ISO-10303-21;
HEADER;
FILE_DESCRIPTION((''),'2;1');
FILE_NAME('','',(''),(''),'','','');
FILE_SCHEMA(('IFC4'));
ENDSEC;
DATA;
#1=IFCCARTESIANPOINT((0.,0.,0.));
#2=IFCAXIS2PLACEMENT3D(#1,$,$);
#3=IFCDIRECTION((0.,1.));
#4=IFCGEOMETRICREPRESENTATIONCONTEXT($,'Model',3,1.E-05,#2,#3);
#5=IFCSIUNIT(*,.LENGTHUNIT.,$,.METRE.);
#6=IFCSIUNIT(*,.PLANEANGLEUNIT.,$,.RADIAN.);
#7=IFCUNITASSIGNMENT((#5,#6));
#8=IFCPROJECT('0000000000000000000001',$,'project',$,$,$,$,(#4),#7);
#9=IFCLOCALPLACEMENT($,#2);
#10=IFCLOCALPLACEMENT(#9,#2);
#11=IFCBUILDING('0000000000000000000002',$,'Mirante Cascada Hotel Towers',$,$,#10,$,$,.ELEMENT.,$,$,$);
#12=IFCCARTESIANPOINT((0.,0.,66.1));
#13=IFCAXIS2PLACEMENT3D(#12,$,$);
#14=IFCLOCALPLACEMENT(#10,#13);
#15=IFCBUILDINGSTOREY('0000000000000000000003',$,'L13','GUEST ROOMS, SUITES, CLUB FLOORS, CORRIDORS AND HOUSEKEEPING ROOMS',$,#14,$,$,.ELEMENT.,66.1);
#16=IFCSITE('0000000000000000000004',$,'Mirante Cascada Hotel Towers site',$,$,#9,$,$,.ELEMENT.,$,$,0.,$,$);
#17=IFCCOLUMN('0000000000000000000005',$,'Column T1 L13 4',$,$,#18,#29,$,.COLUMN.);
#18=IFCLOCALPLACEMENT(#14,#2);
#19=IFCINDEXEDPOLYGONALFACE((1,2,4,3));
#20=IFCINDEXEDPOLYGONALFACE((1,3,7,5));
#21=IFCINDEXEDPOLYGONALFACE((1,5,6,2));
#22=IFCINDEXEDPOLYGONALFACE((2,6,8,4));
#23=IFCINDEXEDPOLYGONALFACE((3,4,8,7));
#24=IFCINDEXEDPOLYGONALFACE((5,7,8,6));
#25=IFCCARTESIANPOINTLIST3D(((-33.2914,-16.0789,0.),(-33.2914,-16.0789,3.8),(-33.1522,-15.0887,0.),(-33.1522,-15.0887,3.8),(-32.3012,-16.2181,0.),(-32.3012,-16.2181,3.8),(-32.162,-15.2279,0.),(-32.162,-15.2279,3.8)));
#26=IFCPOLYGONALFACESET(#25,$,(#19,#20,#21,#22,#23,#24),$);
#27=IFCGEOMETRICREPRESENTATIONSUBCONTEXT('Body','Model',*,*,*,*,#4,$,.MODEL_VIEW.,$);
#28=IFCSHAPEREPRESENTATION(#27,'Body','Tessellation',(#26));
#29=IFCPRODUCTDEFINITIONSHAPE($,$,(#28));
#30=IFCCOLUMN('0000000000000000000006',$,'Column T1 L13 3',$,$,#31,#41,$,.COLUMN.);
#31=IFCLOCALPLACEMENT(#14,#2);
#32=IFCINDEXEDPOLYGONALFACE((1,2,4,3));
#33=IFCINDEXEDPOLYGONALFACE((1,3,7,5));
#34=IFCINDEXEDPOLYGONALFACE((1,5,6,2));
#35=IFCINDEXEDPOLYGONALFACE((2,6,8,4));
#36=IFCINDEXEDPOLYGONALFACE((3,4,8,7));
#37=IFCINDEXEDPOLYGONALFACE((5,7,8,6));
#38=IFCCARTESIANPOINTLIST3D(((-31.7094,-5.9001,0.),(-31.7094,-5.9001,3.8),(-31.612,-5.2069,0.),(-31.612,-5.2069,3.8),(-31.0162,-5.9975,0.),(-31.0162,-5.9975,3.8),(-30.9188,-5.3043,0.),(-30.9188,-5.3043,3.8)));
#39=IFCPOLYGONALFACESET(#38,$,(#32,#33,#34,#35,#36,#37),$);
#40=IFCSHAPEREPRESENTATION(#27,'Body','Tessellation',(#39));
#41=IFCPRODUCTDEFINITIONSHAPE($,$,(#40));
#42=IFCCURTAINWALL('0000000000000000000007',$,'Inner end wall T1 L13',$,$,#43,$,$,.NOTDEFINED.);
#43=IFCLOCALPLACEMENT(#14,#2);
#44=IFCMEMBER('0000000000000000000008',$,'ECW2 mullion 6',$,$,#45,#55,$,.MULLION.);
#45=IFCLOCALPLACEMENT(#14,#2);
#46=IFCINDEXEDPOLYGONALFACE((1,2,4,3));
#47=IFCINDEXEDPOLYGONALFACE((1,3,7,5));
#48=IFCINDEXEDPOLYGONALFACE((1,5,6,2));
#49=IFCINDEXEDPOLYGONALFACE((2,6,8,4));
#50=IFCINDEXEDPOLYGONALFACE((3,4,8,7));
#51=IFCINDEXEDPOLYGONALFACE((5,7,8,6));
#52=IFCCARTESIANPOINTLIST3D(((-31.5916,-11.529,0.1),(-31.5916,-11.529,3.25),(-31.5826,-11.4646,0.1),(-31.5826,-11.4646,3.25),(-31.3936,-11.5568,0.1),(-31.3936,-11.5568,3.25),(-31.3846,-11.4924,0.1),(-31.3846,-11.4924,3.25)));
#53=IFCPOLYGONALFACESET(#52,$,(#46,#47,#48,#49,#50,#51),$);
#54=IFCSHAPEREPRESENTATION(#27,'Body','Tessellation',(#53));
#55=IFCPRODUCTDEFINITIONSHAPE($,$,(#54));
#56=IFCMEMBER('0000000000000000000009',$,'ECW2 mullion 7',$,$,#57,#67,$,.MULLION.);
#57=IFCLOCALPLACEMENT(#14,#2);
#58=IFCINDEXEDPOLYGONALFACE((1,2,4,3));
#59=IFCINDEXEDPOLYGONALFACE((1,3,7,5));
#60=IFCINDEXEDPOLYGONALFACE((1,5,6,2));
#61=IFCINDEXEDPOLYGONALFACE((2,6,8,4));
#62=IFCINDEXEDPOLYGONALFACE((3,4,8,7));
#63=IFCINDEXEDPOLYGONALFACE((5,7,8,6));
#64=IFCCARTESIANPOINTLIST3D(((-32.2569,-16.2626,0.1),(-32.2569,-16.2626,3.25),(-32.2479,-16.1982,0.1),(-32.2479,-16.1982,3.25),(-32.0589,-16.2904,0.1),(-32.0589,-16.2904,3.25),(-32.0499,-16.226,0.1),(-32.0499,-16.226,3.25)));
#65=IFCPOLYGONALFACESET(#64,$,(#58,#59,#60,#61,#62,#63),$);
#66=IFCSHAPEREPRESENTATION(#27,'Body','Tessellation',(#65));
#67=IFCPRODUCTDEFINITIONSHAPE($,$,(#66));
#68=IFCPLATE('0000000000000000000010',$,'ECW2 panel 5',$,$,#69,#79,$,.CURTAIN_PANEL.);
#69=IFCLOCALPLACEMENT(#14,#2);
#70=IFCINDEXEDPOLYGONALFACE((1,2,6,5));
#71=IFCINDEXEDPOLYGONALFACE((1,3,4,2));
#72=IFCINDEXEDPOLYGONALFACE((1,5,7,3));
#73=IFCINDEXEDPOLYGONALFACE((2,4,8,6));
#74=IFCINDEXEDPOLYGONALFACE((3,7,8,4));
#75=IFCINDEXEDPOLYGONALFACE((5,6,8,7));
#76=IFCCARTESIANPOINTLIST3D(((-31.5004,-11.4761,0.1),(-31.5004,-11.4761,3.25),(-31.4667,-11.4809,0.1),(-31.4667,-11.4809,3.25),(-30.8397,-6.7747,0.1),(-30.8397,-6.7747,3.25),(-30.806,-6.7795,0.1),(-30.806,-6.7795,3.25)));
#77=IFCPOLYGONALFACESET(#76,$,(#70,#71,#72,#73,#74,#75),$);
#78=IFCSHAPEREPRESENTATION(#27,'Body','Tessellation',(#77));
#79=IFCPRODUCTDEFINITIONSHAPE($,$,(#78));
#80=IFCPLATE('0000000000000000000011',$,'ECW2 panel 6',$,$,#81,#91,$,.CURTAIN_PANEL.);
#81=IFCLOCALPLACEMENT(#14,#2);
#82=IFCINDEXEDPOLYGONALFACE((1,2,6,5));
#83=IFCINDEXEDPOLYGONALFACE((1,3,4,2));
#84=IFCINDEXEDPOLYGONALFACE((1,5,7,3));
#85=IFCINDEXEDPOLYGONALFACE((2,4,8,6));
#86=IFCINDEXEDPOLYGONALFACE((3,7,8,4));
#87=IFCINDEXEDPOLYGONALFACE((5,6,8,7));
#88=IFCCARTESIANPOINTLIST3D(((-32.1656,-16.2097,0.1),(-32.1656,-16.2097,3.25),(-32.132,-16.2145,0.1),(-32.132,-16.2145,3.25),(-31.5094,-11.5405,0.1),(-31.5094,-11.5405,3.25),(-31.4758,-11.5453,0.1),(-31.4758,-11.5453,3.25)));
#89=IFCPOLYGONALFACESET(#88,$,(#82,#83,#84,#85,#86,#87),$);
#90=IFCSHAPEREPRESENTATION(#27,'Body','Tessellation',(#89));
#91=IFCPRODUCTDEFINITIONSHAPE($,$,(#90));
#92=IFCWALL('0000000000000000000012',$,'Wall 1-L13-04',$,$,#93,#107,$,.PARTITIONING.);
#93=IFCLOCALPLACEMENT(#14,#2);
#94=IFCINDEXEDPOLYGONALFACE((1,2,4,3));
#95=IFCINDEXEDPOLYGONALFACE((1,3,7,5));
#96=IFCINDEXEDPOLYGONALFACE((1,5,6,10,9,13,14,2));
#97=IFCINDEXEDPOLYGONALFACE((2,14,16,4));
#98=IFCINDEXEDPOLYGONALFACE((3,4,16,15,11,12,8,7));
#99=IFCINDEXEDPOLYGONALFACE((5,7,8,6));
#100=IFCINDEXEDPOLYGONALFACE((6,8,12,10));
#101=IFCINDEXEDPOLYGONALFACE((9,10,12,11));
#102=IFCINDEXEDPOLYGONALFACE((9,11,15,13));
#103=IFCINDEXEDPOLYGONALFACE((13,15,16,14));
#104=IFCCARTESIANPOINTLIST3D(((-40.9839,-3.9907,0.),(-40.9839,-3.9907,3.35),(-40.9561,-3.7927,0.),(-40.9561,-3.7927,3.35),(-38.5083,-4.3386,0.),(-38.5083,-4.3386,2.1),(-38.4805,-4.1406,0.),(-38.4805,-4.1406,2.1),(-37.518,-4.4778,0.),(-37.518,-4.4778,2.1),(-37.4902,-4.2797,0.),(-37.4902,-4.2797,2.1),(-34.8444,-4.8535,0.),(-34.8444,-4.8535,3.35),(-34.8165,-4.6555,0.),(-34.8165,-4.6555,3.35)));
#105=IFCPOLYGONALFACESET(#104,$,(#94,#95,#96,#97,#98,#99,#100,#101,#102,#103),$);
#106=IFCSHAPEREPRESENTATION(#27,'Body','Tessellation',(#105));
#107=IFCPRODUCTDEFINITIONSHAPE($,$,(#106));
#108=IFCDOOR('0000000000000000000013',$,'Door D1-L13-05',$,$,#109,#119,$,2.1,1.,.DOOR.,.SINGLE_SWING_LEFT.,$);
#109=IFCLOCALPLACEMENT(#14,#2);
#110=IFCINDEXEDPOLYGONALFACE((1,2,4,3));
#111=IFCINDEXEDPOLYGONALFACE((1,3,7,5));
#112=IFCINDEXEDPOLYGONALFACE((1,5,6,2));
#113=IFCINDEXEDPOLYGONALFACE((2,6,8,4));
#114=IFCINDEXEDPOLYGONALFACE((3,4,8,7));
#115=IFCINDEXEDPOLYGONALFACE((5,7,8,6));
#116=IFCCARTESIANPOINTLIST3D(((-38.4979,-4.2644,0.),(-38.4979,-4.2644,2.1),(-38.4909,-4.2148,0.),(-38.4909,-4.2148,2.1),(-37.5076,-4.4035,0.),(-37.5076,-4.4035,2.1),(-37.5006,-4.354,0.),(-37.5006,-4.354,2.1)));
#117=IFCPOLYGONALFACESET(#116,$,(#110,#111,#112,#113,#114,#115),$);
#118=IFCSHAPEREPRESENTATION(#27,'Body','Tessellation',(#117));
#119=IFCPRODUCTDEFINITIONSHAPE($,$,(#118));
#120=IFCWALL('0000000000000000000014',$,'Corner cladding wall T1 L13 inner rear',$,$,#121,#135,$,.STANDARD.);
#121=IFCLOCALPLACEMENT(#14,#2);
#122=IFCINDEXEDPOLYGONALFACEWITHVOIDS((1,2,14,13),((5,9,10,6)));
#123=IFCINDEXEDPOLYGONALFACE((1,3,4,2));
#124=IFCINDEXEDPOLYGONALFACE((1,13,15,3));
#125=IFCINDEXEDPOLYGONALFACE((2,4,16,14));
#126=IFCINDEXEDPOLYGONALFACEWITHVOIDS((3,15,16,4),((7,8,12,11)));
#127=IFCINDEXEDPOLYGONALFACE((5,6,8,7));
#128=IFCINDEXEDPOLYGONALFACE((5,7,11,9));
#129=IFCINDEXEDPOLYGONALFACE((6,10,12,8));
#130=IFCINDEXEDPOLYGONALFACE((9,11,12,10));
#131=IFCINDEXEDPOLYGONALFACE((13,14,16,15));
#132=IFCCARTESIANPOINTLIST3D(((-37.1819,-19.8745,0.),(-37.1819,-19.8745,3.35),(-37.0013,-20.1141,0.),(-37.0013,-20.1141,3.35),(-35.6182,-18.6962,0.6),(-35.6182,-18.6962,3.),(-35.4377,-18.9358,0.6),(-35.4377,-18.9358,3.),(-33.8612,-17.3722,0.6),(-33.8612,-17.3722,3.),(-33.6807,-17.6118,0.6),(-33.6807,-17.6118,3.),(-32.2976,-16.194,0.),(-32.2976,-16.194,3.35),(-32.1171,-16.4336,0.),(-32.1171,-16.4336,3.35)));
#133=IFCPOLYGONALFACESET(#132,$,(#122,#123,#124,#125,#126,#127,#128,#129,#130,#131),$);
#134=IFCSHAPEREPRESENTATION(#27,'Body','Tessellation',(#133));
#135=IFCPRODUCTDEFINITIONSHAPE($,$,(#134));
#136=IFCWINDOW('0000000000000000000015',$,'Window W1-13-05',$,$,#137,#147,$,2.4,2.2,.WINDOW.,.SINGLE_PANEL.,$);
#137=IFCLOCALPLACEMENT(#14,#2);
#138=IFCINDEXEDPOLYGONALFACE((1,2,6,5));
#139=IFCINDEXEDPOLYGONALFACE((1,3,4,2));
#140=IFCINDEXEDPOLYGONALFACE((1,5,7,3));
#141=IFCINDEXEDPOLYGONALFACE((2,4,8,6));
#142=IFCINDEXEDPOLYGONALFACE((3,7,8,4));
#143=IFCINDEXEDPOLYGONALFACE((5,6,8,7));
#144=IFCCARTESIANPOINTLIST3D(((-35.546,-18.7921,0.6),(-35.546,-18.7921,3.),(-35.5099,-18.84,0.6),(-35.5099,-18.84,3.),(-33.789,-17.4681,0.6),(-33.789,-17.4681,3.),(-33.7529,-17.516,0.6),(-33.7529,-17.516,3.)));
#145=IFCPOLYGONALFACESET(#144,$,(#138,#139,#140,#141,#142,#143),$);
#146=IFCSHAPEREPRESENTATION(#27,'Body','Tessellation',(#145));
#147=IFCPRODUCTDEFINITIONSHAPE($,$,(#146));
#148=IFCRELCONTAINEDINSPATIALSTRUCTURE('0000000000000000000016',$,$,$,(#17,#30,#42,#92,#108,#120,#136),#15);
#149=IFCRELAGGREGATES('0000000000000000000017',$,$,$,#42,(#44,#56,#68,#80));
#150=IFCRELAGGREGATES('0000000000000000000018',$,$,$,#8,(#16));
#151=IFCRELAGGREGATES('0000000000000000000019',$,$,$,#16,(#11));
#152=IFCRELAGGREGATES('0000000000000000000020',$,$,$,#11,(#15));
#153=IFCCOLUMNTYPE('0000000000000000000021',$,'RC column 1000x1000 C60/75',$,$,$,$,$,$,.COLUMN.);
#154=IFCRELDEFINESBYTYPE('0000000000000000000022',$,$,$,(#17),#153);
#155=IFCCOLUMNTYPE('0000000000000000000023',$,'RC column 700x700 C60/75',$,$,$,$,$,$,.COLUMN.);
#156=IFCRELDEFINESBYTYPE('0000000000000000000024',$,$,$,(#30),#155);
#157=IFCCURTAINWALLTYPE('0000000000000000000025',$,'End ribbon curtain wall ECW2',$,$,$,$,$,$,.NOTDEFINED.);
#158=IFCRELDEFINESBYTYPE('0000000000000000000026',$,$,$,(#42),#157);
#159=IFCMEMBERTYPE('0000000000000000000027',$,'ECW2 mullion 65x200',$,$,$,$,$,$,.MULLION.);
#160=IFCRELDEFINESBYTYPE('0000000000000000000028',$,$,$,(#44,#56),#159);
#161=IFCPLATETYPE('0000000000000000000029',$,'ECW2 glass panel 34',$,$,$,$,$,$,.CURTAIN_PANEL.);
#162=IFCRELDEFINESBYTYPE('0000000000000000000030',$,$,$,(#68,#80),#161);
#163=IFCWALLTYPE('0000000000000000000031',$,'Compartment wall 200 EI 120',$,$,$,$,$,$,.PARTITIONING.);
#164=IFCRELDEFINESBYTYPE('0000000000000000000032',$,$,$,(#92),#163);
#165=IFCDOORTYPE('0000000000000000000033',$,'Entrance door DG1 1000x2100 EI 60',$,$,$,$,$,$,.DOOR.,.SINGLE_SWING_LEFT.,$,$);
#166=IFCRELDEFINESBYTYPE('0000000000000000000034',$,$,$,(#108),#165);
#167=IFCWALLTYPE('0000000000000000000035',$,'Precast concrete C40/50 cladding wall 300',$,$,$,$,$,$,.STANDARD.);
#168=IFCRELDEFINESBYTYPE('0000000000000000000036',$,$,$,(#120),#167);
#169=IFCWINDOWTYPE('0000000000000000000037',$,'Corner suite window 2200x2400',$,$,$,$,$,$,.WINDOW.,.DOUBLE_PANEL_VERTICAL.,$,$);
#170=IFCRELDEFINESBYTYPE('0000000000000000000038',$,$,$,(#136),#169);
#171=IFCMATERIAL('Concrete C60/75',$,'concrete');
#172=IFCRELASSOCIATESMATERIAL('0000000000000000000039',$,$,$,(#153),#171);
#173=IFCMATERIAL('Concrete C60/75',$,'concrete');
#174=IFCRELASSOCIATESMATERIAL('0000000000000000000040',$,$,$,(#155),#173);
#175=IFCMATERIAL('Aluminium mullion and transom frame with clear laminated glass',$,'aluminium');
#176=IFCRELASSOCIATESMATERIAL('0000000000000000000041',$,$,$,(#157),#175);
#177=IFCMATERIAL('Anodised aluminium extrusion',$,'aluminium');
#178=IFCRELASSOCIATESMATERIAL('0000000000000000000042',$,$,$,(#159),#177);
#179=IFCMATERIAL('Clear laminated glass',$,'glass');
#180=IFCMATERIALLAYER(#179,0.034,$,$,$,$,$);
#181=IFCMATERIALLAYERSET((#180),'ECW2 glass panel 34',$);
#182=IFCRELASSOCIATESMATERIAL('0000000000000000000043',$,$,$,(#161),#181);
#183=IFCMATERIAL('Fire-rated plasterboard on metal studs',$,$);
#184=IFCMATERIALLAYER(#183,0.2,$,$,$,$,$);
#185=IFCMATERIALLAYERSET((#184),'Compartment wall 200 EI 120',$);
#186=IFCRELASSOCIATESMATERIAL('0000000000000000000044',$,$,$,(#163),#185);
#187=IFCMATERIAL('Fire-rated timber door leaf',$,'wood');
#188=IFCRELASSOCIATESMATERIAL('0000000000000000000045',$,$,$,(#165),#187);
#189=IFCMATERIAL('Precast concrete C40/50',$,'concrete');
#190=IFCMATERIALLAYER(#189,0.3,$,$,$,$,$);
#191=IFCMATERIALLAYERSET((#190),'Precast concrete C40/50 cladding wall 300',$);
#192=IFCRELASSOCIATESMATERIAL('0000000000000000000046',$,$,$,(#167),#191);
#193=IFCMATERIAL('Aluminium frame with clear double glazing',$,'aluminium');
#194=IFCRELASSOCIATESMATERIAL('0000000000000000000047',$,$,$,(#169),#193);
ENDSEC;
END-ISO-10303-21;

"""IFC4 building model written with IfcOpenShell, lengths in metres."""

from ifc_helpers import new_model, si_unit, direction, frame, frame_2d, origin, origin_2d, place, context, subcontext, project, spatial, rectangle, extrude, material, layer, layer_set, material_profile, profile_set, type_object, element, fill, aggregate, save


model = new_model("IFC4")

# Units and contexts
model_context = context("Model", 3, precision=1e-05, world=origin(), true_north=direction((0.0, 1.0)))
body_context = subcontext(model_context, "Body", "Model", "MODEL_VIEW")
ifc_project = project(units=[si_unit("LENGTHUNIT", "METRE"), si_unit("PLANEANGLEUNIT", "RADIAN")], contexts=[model_context])

# Site, building, storey
site_placement = place(None, origin())
site = spatial("IfcSite", under=ifc_project, at=site_placement, Name="Mirante Cascada Hotel Towers site", CompositionType="ELEMENT", RefElevation=0.0)
building_placement = place(site_placement, origin())
building = spatial("IfcBuilding", under=site, at=building_placement, Name="Mirante Cascada Hotel Towers", CompositionType="ELEMENT")
storey_placement = place(building_placement, frame((0.0, 0.0, 66.1)))
storey = spatial("IfcBuildingStorey", under=building, at=storey_placement, Name="L13", Description="GUEST ROOMS, SUITES, CLUB FLOORS, CORRIDORS AND HOUSEKEEPING ROOMS", CompositionType="ELEMENT", Elevation=66.1)

# Columns
ifc_material_1 = material(Name="Concrete C60/75", Category="concrete")
ifc_material_profile_1 = material_profile(ifc_material_1, rectangle(XDim=1.0, YDim=1.0, at=origin_2d()), Name="RC column 1000x1000 C60/75")
ifc_profile_set_1 = profile_set([ifc_material_profile_1], Name="Concrete C60/75")
column_type_1 = type_object("IfcColumnType", Name="RC column 1000x1000 C60/75", PredefinedType="COLUMN", material=ifc_profile_set_1)
column_1_placement = place(storey_placement, frame((-32.7267, -15.6534, 0.0), z_axis=(0.0, 0.0, 1.0), x_axis=(-0.990268, 0.139173, 0.0)))
element("IfcColumn", 1, at=column_1_placement, inside=storey, type_object=column_type_1, Name="Column T1 L13 4", PredefinedType="COLUMN", context=body_context, shape_type="SweptSolid", body=[
    extrude(rectangle(XDim=1.0, YDim=1.0, at=origin_2d()), origin(), (0.0, 0.0, 1.0), 3.8),
])
ifc_material_2 = material(Name="Concrete C60/75", Category="concrete")
ifc_material_profile_2 = material_profile(ifc_material_2, rectangle(XDim=0.7, YDim=0.7, at=origin_2d()), Name="RC column 700x700 C60/75")
ifc_profile_set_2 = profile_set([ifc_material_profile_2], Name="Concrete C60/75")
column_type_2 = type_object("IfcColumnType", Name="RC column 700x700 C60/75", PredefinedType="COLUMN", material=ifc_profile_set_2)
column_2_placement = place(storey_placement, frame((-31.3141, -5.6022, 0.0), z_axis=(0.0, 0.0, 1.0), x_axis=(-0.990268, 0.139173, 0.0)))
element("IfcColumn", 2, at=column_2_placement, inside=storey, type_object=column_type_2, Name="Column T1 L13 3", PredefinedType="COLUMN", context=body_context, shape_type="SweptSolid", body=[
    extrude(rectangle(XDim=0.7, YDim=0.7, at=origin_2d()), origin(), (0.0, 0.0, 1.0), 3.8),
])

# Curtain wall, members, plates
ifc_material_3 = material(Name="Aluminium mullion and transom frame with clear laminated glass", Category="aluminium")
curtain_wall_type = type_object("IfcCurtainWallType", Name="End ribbon curtain wall ECW2", PredefinedType="NOTDEFINED", material=ifc_material_3)
curtain_wall_placement = place(storey_placement, origin())
curtain_wall = element("IfcCurtainWall", 3, at=curtain_wall_placement, inside=storey, type_object=curtain_wall_type, Name="Inner end wall T1 L13", PredefinedType="NOTDEFINED")
ifc_material_4 = material(Name="Anodised aluminium extrusion", Category="aluminium")
ifc_material_profile_3 = material_profile(ifc_material_4, rectangle(XDim=0.2, YDim=0.065, at=origin_2d()), Name="ECW2 MULLION 65x200")
ifc_profile_set_3 = profile_set([ifc_material_profile_3], Name="Anodised aluminium extrusion")
member_type = type_object("IfcMemberType", Name="ECW2 mullion 65x200", PredefinedType="MULLION", material=ifc_profile_set_3)
member_1_placement = place(storey_placement, frame((-31.4881, -11.5107, 0.1), z_axis=(0.0, 0.0, 1.0), x_axis=(0.990268, -0.139173, 0.0)))
member_1 = element("IfcMember", 4, at=member_1_placement, type_object=member_type, Name="ECW2 mullion 6", PredefinedType="MULLION", context=body_context, shape_type="SweptSolid", body=[
    extrude(rectangle(XDim=0.2, YDim=0.065, at=origin_2d()), origin(), (0.0, 0.0, 1.0), 3.15),
])
member_2_placement = place(storey_placement, frame((-32.1534, -16.2443, 0.1), z_axis=(0.0, 0.0, 1.0), x_axis=(0.990268, -0.139173, 0.0)))
member_2 = element("IfcMember", 5, at=member_2_placement, type_object=member_type, Name="ECW2 mullion 7", PredefinedType="MULLION", context=body_context, shape_type="SweptSolid", body=[
    extrude(rectangle(XDim=0.2, YDim=0.065, at=origin_2d()), origin(), (0.0, 0.0, 1.0), 3.15),
])
ifc_material_5 = material(Name="Clear laminated glass", Category="glass")
ifc_layer_1 = layer(ifc_material_5, 0.034)
ifc_layer_set_1 = layer_set([ifc_layer_1], Name="ECW2 glass panel 34")
plate_type = type_object("IfcPlateType", Name="ECW2 glass panel 34", PredefinedType="CURTAIN_PANEL", material=ifc_layer_set_1)
plate_1_placement = place(storey_placement, frame((-31.1532, -9.1278, 0.1), z_axis=(0.0, 0.0, 1.0), x_axis=(-0.139173, -0.990268, 0.0)))
plate_1 = element("IfcPlate", 6, at=plate_1_placement, type_object=plate_type, Name="ECW2 panel 5", PredefinedType="CURTAIN_PANEL", context=body_context, shape_type="SweptSolid", body=[
    extrude(rectangle(XDim=4.7476, YDim=0.034, at=origin_2d()), origin(), (0.0, 0.0, 1.0), 3.15),
])
plate_2_placement = place(storey_placement, frame((-31.8207, -13.8775, 0.1), z_axis=(0.0, 0.0, 1.0), x_axis=(-0.139173, -0.990268, 0.0)))
plate_2 = element("IfcPlate", 7, at=plate_2_placement, type_object=plate_type, Name="ECW2 panel 6", PredefinedType="CURTAIN_PANEL", context=body_context, shape_type="SweptSolid", body=[
    extrude(rectangle(XDim=4.7151, YDim=0.034, at=origin_2d()), origin(), (0.0, 0.0, 1.0), 3.15),
])
aggregate(curtain_wall, [member_1, member_2, plate_1, plate_2])

# Wall, opening, door
ifc_material_6 = material(Name="Fire-rated plasterboard on metal studs")
ifc_layer_2 = layer(ifc_material_6, 0.2)
ifc_layer_set_2 = layer_set([ifc_layer_2], Name="Compartment wall 200 EI 120")
wall_type_1 = type_object("IfcWallType", Name="Compartment wall 200 EI 120", PredefinedType="PARTITIONING", material=ifc_layer_set_2)
wall_1_placement = place(storey_placement, frame((-34.8304, -4.7545, 0.0), z_axis=(0.0, 0.0, 1.0), x_axis=(-0.99027, 0.139163, 0.0)))
wall_1 = element("IfcWall", 8, at=wall_1_placement, inside=storey, type_object=wall_type_1, Name="Wall 1-L13-04", PredefinedType="PARTITIONING", context=body_context, shape_type="SweptSolid", body=[
    extrude(rectangle(XDim=6.1999, YDim=0.2, at=frame_2d((3.1, 0.0))), origin(), (0.0, 0.0, 1.0), 3.35),
])
opening_1_placement = place(wall_1_placement, frame((2.7, 0.0, 0.0)))
opening_1 = element("IfcOpeningElement", 9, at=opening_1_placement, cuts=wall_1, PredefinedType="OPENING", context=body_context, shape_type="SweptSolid", body=[
    extrude(rectangle(XDim=1.0, YDim=2.1, at=frame_2d((0.5, 1.05))), frame((0.0, 0.1, 0.0), z_axis=(0.0, -1.0, 0.0), x_axis=(1.0, 0.0, 0.0)), (0.0, 0.0, 1.0), 0.2),
])
ifc_material_7 = material(Name="Fire-rated timber door leaf", Category="wood")
door_type = type_object("IfcDoorType", Name="Entrance door DG1 1000x2100 EI 60", OperationType="SINGLE_SWING_LEFT", PredefinedType="DOOR", material=ifc_material_7)
door_placement = place(opening_1_placement, origin())
door = element("IfcDoor", 10, at=door_placement, inside=storey, type_object=door_type, Name="Door D1-L13-05", OperationType="SINGLE_SWING_LEFT", OverallHeight=2.1, OverallWidth=1.0, PredefinedType="DOOR", context=body_context, shape_type="SweptSolid", body=[
    extrude(rectangle(XDim=1.0, YDim=2.1, at=frame_2d((0.5, 1.05))), frame((0.0, 0.025, 0.0), z_axis=(0.0, -1.0, 0.0), x_axis=(1.0, 0.0, 0.0)), (0.0, 0.0, 1.0), 0.05),
])
fill(opening_1, door)

# Wall, opening, window
ifc_material_8 = material(Name="Precast concrete C40/50", Category="concrete")
ifc_layer_3 = layer(ifc_material_8, 0.3)
ifc_layer_set_3 = layer_set([ifc_layer_3], Name="Precast concrete C40/50 cladding wall 300")
wall_type_2 = type_object("IfcWallType", Name="Precast concrete C40/50 cladding wall 300", PredefinedType="STANDARD", material=ifc_layer_set_3)
wall_2_placement = place(storey_placement, frame((-32.2074, -16.3138, 0.0), z_axis=(0.0, 0.0, 1.0), x_axis=(-0.798636, -0.601814, 0.0)))
wall_2 = element("IfcWall", 11, at=wall_2_placement, inside=storey, type_object=wall_type_2, Name="Corner cladding wall T1 L13 inner rear", PredefinedType="STANDARD", context=body_context, shape_type="SweptSolid", body=[
    extrude(rectangle(XDim=6.1157, YDim=0.3, at=frame_2d((3.0578, 0.0))), origin(), (0.0, 0.0, 1.0), 3.35),
])
opening_2_placement = place(wall_2_placement, frame((1.9578, 0.0, 0.6)))
opening_2 = element("IfcOpeningElement", 12, at=opening_2_placement, cuts=wall_2, PredefinedType="OPENING", context=body_context, shape_type="SweptSolid", body=[
    extrude(rectangle(XDim=2.2, YDim=2.4, at=frame_2d((1.1, 1.2))), frame((0.0, 0.15, 0.0), z_axis=(0.0, -1.0, 0.0), x_axis=(1.0, 0.0, 0.0)), (0.0, 0.0, 1.0), 0.3),
])
ifc_material_9 = material(Name="Aluminium frame with clear double glazing", Category="aluminium")
window_type = type_object("IfcWindowType", Name="Corner suite window 2200x2400", PartitioningType="DOUBLE_PANEL_VERTICAL", PredefinedType="WINDOW", material=ifc_material_9)
window_placement = place(opening_2_placement, origin())
window = element("IfcWindow", 13, at=window_placement, inside=storey, type_object=window_type, Name="Window W1-13-05", OverallHeight=2.4, OverallWidth=2.2, PartitioningType="SINGLE_PANEL", PredefinedType="WINDOW", context=body_context, shape_type="SweptSolid", body=[
    extrude(rectangle(XDim=2.2, YDim=2.4, at=frame_2d((1.1, 1.2))), frame((0.0, 0.03, 0.0), z_axis=(0.0, -1.0, 0.0), x_axis=(1.0, 0.0, 0.0)), (0.0, 0.0, 1.0), 0.06),
])
fill(opening_2, window)

save(model, "model.ifc")
